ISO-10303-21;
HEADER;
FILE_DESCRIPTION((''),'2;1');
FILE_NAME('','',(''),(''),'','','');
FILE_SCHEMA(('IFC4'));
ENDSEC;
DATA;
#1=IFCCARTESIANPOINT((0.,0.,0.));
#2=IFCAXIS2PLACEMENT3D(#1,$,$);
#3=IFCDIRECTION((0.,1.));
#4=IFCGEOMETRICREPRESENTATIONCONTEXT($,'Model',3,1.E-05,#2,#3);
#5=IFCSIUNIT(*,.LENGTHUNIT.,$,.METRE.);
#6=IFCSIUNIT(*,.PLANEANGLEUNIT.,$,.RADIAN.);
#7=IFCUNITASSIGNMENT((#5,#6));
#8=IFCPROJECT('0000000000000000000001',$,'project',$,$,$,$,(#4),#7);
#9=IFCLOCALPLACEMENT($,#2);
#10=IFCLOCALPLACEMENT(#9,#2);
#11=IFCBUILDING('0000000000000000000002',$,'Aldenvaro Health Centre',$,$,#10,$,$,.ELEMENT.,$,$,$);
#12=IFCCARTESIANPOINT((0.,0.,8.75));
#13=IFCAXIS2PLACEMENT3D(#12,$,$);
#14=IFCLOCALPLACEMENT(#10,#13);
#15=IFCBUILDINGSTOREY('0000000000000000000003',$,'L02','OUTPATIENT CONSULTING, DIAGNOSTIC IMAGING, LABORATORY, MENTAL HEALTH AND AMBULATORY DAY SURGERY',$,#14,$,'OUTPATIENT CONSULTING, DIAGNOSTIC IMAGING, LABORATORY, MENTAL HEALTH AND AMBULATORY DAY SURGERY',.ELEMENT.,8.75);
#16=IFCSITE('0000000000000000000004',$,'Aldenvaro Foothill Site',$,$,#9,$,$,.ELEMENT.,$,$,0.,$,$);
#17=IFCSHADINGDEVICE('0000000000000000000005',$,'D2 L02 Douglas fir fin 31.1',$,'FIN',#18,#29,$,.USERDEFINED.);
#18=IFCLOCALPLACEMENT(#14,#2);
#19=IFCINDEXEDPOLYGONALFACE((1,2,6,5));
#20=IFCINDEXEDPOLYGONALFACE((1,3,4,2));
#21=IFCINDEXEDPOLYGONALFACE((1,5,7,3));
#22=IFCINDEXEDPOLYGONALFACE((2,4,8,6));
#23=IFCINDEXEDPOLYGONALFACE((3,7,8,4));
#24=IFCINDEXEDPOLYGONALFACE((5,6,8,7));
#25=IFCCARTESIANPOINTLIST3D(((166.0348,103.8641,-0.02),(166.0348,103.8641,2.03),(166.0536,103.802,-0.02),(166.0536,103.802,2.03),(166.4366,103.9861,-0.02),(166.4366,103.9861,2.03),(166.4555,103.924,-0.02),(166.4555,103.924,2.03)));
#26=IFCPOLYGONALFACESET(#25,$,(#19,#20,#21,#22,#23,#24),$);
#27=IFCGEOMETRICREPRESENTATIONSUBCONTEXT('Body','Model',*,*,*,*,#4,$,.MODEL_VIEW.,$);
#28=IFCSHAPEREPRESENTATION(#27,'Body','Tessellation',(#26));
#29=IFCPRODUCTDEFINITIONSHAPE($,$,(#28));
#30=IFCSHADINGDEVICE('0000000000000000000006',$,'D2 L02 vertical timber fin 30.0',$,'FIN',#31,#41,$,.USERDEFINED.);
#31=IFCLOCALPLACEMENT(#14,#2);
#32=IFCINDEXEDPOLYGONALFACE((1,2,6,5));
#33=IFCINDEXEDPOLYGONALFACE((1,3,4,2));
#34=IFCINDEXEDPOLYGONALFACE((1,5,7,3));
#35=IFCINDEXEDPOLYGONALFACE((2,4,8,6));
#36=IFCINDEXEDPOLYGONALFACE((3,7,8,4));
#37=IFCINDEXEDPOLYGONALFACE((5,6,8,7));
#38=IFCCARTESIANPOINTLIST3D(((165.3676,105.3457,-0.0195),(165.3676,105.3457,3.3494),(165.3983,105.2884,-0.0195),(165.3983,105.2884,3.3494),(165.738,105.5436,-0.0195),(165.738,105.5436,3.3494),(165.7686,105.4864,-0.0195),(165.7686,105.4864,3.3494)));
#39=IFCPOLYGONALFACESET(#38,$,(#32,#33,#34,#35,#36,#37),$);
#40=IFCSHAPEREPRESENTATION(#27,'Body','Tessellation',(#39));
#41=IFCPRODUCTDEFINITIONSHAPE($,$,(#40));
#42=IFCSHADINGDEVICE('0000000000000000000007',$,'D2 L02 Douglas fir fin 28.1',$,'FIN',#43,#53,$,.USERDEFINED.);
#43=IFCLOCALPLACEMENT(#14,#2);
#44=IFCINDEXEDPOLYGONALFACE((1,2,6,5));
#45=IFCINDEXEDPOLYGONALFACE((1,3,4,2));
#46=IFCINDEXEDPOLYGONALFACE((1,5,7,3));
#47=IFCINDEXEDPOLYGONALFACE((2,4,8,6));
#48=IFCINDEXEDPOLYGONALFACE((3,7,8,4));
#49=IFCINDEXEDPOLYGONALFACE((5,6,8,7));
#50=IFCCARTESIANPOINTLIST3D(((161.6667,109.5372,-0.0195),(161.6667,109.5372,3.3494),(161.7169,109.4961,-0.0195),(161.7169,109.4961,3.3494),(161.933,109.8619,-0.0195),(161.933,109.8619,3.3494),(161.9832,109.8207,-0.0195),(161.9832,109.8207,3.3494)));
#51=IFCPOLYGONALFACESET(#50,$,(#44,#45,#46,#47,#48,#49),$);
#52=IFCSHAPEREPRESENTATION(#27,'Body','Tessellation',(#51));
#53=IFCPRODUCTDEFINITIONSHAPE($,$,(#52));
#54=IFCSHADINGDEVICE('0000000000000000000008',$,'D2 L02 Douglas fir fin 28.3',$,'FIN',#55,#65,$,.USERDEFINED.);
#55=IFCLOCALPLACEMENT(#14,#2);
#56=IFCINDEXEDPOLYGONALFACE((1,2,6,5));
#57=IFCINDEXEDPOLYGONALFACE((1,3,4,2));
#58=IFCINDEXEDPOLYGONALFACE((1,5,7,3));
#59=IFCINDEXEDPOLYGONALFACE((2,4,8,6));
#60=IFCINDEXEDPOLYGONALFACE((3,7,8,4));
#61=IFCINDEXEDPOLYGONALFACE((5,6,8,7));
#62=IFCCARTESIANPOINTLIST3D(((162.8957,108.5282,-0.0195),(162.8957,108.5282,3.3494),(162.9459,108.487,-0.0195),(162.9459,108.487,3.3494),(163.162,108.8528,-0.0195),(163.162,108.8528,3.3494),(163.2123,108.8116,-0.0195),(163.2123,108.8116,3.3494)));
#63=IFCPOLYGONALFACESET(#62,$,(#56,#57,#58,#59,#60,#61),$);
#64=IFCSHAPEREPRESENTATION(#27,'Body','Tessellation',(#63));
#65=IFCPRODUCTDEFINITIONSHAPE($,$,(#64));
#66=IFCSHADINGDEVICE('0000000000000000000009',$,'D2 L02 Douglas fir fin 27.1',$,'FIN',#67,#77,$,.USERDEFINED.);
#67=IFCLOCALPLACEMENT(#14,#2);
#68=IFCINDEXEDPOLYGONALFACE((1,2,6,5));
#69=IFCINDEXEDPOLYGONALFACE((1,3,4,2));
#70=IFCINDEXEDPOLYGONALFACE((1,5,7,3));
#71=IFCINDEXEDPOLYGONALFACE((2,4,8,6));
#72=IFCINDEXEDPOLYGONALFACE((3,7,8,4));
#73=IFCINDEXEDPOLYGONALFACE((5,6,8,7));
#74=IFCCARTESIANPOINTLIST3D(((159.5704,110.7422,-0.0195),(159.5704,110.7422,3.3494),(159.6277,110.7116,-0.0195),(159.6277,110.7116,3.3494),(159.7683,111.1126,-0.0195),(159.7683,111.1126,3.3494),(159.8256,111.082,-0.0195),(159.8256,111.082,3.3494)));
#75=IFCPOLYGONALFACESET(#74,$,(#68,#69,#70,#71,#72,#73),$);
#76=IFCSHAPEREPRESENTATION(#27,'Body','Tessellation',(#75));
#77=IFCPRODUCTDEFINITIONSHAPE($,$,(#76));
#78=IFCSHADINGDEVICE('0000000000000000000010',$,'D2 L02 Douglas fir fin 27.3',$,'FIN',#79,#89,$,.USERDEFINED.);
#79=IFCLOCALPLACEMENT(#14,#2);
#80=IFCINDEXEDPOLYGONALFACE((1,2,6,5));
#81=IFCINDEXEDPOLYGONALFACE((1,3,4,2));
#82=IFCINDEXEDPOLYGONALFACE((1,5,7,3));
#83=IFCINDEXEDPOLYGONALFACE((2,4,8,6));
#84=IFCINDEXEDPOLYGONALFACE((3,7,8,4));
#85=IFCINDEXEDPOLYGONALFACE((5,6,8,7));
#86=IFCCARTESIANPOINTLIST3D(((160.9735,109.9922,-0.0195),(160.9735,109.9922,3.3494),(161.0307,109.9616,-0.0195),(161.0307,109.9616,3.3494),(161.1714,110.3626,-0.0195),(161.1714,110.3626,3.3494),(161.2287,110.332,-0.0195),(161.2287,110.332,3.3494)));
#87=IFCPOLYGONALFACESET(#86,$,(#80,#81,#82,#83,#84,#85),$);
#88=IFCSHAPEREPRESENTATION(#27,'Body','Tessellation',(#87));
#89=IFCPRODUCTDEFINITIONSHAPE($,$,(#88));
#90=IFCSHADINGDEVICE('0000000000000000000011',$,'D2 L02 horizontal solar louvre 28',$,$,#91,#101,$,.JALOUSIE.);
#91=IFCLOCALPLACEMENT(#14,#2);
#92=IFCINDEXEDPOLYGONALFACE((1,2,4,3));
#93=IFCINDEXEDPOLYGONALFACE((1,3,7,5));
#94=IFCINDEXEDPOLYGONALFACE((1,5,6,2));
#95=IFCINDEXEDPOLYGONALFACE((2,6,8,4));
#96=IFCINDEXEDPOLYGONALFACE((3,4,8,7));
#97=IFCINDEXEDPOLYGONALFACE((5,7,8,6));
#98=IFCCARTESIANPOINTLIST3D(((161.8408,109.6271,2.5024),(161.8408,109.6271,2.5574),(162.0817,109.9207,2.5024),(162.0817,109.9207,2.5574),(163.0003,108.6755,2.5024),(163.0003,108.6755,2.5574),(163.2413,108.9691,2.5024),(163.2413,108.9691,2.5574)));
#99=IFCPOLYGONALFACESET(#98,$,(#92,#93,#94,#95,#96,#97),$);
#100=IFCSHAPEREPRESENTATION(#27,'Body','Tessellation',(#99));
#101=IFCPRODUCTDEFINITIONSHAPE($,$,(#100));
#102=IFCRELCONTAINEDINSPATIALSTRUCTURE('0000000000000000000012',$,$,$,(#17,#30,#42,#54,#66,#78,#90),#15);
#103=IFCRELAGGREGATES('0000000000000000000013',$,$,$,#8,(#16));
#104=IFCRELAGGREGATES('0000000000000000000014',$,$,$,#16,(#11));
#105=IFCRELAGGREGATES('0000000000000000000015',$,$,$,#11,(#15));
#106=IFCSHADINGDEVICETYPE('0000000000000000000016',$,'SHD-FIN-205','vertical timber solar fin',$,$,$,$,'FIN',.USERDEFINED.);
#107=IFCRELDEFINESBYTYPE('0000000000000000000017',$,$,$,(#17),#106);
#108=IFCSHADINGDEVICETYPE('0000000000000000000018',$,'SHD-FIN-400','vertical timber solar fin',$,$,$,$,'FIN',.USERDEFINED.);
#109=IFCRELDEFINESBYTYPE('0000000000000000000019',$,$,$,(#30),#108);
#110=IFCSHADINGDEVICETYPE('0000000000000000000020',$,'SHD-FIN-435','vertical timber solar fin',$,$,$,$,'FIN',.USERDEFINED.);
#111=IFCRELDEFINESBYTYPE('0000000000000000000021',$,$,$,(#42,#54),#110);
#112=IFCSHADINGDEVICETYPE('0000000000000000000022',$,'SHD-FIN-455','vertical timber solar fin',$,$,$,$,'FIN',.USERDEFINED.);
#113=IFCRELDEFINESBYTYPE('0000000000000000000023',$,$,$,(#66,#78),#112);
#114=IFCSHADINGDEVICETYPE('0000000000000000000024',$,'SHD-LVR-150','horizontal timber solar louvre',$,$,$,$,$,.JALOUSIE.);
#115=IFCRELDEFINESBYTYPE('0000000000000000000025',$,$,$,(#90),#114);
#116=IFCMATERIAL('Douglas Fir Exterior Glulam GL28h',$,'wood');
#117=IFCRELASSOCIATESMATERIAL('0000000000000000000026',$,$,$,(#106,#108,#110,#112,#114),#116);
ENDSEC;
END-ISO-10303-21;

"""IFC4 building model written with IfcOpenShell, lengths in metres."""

from ifc_helpers import new_model, si_unit, direction, frame, origin, origin_2d, place, context, subcontext, project, spatial, rectangle, extrude, material, type_object, element, save


model = new_model("IFC4")

# Units and contexts
model_context = context("Model", 3, precision=1e-05, world=origin(), true_north=direction((0.0, 1.0)))
body_context = subcontext(model_context, "Body", "Model", "MODEL_VIEW")
ifc_project = project(units=[si_unit("LENGTHUNIT", "METRE"), si_unit("PLANEANGLEUNIT", "RADIAN")], contexts=[model_context])

# Site, building, storey
site_placement = place(None, origin())
site = spatial("IfcSite", under=ifc_project, at=site_placement, Name="Aldenvaro Foothill Site", CompositionType="ELEMENT", RefElevation=0.0)
building_placement = place(site_placement, origin())
building = spatial("IfcBuilding", under=site, at=building_placement, Name="Aldenvaro Health Centre", CompositionType="ELEMENT")
storey_placement = place(building_placement, frame((0.0, 0.0, 8.75)))
storey = spatial("IfcBuildingStorey", under=building, at=storey_placement, Name="L02", Description="OUTPATIENT CONSULTING, DIAGNOSTIC IMAGING, LABORATORY, MENTAL HEALTH AND AMBULATORY DAY SURGERY", LongName="OUTPATIENT CONSULTING, DIAGNOSTIC IMAGING, LABORATORY, MENTAL HEALTH AND AMBULATORY DAY SURGERY", CompositionType="ELEMENT", Elevation=8.75)

# Shading devices
ifc_material_1 = material(Name="Douglas Fir Exterior Glulam GL28h", Category="wood")
shading_device_type_1 = type_object("IfcShadingDeviceType", Name="SHD-FIN-205", Description="vertical timber solar fin", ElementType="FIN", PredefinedType="USERDEFINED", material=ifc_material_1)
shading_device_1_placement = place(storey_placement, frame((166.2451, 103.894, -0.02), z_axis=(0.0, 0.0, 1.0), x_axis=(0.290441, -0.956893, 0.0)))
element("IfcShadingDevice", 1, at=shading_device_1_placement, inside=storey, type_object=shading_device_type_1, Name="D2 L02 Douglas fir fin 31.1", ObjectType="FIN", PredefinedType="USERDEFINED", context=body_context, shape_type="SweptSolid", body=[
    extrude(rectangle(XDim=0.0649, YDim=0.4199, at=origin_2d()), origin(), (0.0, 0.0, 1.0), 2.05),
])
shading_device_type_2 = type_object("IfcShadingDeviceType", Name="SHD-FIN-400", Description="vertical timber solar fin", ElementType="FIN", PredefinedType="USERDEFINED", material=ifc_material_1)
shading_device_2_placement = place(storey_placement, frame((165.5681, 105.416, -0.0195), z_axis=(0.0, 0.0, 1.0), x_axis=(0.471399, -0.88192, 0.0)))
element("IfcShadingDevice", 2, at=shading_device_2_placement, inside=storey, type_object=shading_device_type_2, Name="D2 L02 vertical timber fin 30.0", ObjectType="FIN", PredefinedType="USERDEFINED", context=body_context, shape_type="SweptSolid", body=[
    extrude(rectangle(XDim=0.0649, YDim=0.4199, at=origin_2d()), origin(), (0.0, 0.0, 1.0), 3.3689),
])
shading_device_type_3 = type_object("IfcShadingDeviceType", Name="SHD-FIN-435", Description="vertical timber solar fin", ElementType="FIN", PredefinedType="USERDEFINED", material=ifc_material_1)
for number, where, z_axis, x_axis, name in (
    (3, (161.825, 109.679, -0.0195), (0.0, 0.0, 1.0), (0.773022, -0.63438, 0.0), "D2 L02 Douglas fir fin 28.1"),
    (4, (163.054, 108.6699, -0.0195), (0.0, 0.0, 1.0), (0.773022, -0.63438, 0.0), "D2 L02 Douglas fir fin 28.3"),
):
    element("IfcShadingDevice", number, at=place(storey_placement, frame(where, z_axis=z_axis, x_axis=x_axis)), inside=storey, type_object=shading_device_type_3, Name=name, ObjectType="FIN", PredefinedType="USERDEFINED", context=body_context, shape_type="SweptSolid", body=[
        extrude(rectangle(XDim=0.0649, YDim=0.4199, at=origin_2d()), origin(), (0.0, 0.0, 1.0), 3.3689),
    ])
shading_device_type_4 = type_object("IfcShadingDeviceType", Name="SHD-FIN-455", Description="vertical timber solar fin", ElementType="FIN", PredefinedType="USERDEFINED", material=ifc_material_1)
for number, where, z_axis, x_axis, name in (
    (5, (159.698, 110.9121, -0.0195), (0.0, 0.0, 1.0), (0.88192, -0.471399, 0.0), "D2 L02 Douglas fir fin 27.1"),
    (6, (161.1011, 110.1621, -0.0195), (0.0, 0.0, 1.0), (0.88192, -0.471399, 0.0), "D2 L02 Douglas fir fin 27.3"),
):
    element("IfcShadingDevice", number, at=place(storey_placement, frame(where, z_axis=z_axis, x_axis=x_axis)), inside=storey, type_object=shading_device_type_4, Name=name, ObjectType="FIN", PredefinedType="USERDEFINED", context=body_context, shape_type="SweptSolid", body=[
        extrude(rectangle(XDim=0.0649, YDim=0.4199, at=origin_2d()), origin(), (0.0, 0.0, 1.0), 3.3689),
    ])
shading_device_type_5 = type_object("IfcShadingDeviceType", Name="SHD-LVR-150", Description="horizontal timber solar louvre", PredefinedType="JALOUSIE", material=ifc_material_1)
shading_device_3_placement = place(storey_placement, frame((162.541, 109.2981, 2.5024), z_axis=(0.0, 0.0, 1.0), x_axis=(0.773022, -0.63438, 0.0)))
element("IfcShadingDevice", 7, at=shading_device_3_placement, inside=storey, type_object=shading_device_type_5, Name="D2 L02 horizontal solar louvre 28", PredefinedType="JALOUSIE", context=body_context, shape_type="SweptSolid", body=[
    extrude(rectangle(XDim=1.5, YDim=0.3799, at=origin_2d()), origin(), (0.0, 0.0, 1.0), 0.0549),
])

save(model, "model.ifc")
